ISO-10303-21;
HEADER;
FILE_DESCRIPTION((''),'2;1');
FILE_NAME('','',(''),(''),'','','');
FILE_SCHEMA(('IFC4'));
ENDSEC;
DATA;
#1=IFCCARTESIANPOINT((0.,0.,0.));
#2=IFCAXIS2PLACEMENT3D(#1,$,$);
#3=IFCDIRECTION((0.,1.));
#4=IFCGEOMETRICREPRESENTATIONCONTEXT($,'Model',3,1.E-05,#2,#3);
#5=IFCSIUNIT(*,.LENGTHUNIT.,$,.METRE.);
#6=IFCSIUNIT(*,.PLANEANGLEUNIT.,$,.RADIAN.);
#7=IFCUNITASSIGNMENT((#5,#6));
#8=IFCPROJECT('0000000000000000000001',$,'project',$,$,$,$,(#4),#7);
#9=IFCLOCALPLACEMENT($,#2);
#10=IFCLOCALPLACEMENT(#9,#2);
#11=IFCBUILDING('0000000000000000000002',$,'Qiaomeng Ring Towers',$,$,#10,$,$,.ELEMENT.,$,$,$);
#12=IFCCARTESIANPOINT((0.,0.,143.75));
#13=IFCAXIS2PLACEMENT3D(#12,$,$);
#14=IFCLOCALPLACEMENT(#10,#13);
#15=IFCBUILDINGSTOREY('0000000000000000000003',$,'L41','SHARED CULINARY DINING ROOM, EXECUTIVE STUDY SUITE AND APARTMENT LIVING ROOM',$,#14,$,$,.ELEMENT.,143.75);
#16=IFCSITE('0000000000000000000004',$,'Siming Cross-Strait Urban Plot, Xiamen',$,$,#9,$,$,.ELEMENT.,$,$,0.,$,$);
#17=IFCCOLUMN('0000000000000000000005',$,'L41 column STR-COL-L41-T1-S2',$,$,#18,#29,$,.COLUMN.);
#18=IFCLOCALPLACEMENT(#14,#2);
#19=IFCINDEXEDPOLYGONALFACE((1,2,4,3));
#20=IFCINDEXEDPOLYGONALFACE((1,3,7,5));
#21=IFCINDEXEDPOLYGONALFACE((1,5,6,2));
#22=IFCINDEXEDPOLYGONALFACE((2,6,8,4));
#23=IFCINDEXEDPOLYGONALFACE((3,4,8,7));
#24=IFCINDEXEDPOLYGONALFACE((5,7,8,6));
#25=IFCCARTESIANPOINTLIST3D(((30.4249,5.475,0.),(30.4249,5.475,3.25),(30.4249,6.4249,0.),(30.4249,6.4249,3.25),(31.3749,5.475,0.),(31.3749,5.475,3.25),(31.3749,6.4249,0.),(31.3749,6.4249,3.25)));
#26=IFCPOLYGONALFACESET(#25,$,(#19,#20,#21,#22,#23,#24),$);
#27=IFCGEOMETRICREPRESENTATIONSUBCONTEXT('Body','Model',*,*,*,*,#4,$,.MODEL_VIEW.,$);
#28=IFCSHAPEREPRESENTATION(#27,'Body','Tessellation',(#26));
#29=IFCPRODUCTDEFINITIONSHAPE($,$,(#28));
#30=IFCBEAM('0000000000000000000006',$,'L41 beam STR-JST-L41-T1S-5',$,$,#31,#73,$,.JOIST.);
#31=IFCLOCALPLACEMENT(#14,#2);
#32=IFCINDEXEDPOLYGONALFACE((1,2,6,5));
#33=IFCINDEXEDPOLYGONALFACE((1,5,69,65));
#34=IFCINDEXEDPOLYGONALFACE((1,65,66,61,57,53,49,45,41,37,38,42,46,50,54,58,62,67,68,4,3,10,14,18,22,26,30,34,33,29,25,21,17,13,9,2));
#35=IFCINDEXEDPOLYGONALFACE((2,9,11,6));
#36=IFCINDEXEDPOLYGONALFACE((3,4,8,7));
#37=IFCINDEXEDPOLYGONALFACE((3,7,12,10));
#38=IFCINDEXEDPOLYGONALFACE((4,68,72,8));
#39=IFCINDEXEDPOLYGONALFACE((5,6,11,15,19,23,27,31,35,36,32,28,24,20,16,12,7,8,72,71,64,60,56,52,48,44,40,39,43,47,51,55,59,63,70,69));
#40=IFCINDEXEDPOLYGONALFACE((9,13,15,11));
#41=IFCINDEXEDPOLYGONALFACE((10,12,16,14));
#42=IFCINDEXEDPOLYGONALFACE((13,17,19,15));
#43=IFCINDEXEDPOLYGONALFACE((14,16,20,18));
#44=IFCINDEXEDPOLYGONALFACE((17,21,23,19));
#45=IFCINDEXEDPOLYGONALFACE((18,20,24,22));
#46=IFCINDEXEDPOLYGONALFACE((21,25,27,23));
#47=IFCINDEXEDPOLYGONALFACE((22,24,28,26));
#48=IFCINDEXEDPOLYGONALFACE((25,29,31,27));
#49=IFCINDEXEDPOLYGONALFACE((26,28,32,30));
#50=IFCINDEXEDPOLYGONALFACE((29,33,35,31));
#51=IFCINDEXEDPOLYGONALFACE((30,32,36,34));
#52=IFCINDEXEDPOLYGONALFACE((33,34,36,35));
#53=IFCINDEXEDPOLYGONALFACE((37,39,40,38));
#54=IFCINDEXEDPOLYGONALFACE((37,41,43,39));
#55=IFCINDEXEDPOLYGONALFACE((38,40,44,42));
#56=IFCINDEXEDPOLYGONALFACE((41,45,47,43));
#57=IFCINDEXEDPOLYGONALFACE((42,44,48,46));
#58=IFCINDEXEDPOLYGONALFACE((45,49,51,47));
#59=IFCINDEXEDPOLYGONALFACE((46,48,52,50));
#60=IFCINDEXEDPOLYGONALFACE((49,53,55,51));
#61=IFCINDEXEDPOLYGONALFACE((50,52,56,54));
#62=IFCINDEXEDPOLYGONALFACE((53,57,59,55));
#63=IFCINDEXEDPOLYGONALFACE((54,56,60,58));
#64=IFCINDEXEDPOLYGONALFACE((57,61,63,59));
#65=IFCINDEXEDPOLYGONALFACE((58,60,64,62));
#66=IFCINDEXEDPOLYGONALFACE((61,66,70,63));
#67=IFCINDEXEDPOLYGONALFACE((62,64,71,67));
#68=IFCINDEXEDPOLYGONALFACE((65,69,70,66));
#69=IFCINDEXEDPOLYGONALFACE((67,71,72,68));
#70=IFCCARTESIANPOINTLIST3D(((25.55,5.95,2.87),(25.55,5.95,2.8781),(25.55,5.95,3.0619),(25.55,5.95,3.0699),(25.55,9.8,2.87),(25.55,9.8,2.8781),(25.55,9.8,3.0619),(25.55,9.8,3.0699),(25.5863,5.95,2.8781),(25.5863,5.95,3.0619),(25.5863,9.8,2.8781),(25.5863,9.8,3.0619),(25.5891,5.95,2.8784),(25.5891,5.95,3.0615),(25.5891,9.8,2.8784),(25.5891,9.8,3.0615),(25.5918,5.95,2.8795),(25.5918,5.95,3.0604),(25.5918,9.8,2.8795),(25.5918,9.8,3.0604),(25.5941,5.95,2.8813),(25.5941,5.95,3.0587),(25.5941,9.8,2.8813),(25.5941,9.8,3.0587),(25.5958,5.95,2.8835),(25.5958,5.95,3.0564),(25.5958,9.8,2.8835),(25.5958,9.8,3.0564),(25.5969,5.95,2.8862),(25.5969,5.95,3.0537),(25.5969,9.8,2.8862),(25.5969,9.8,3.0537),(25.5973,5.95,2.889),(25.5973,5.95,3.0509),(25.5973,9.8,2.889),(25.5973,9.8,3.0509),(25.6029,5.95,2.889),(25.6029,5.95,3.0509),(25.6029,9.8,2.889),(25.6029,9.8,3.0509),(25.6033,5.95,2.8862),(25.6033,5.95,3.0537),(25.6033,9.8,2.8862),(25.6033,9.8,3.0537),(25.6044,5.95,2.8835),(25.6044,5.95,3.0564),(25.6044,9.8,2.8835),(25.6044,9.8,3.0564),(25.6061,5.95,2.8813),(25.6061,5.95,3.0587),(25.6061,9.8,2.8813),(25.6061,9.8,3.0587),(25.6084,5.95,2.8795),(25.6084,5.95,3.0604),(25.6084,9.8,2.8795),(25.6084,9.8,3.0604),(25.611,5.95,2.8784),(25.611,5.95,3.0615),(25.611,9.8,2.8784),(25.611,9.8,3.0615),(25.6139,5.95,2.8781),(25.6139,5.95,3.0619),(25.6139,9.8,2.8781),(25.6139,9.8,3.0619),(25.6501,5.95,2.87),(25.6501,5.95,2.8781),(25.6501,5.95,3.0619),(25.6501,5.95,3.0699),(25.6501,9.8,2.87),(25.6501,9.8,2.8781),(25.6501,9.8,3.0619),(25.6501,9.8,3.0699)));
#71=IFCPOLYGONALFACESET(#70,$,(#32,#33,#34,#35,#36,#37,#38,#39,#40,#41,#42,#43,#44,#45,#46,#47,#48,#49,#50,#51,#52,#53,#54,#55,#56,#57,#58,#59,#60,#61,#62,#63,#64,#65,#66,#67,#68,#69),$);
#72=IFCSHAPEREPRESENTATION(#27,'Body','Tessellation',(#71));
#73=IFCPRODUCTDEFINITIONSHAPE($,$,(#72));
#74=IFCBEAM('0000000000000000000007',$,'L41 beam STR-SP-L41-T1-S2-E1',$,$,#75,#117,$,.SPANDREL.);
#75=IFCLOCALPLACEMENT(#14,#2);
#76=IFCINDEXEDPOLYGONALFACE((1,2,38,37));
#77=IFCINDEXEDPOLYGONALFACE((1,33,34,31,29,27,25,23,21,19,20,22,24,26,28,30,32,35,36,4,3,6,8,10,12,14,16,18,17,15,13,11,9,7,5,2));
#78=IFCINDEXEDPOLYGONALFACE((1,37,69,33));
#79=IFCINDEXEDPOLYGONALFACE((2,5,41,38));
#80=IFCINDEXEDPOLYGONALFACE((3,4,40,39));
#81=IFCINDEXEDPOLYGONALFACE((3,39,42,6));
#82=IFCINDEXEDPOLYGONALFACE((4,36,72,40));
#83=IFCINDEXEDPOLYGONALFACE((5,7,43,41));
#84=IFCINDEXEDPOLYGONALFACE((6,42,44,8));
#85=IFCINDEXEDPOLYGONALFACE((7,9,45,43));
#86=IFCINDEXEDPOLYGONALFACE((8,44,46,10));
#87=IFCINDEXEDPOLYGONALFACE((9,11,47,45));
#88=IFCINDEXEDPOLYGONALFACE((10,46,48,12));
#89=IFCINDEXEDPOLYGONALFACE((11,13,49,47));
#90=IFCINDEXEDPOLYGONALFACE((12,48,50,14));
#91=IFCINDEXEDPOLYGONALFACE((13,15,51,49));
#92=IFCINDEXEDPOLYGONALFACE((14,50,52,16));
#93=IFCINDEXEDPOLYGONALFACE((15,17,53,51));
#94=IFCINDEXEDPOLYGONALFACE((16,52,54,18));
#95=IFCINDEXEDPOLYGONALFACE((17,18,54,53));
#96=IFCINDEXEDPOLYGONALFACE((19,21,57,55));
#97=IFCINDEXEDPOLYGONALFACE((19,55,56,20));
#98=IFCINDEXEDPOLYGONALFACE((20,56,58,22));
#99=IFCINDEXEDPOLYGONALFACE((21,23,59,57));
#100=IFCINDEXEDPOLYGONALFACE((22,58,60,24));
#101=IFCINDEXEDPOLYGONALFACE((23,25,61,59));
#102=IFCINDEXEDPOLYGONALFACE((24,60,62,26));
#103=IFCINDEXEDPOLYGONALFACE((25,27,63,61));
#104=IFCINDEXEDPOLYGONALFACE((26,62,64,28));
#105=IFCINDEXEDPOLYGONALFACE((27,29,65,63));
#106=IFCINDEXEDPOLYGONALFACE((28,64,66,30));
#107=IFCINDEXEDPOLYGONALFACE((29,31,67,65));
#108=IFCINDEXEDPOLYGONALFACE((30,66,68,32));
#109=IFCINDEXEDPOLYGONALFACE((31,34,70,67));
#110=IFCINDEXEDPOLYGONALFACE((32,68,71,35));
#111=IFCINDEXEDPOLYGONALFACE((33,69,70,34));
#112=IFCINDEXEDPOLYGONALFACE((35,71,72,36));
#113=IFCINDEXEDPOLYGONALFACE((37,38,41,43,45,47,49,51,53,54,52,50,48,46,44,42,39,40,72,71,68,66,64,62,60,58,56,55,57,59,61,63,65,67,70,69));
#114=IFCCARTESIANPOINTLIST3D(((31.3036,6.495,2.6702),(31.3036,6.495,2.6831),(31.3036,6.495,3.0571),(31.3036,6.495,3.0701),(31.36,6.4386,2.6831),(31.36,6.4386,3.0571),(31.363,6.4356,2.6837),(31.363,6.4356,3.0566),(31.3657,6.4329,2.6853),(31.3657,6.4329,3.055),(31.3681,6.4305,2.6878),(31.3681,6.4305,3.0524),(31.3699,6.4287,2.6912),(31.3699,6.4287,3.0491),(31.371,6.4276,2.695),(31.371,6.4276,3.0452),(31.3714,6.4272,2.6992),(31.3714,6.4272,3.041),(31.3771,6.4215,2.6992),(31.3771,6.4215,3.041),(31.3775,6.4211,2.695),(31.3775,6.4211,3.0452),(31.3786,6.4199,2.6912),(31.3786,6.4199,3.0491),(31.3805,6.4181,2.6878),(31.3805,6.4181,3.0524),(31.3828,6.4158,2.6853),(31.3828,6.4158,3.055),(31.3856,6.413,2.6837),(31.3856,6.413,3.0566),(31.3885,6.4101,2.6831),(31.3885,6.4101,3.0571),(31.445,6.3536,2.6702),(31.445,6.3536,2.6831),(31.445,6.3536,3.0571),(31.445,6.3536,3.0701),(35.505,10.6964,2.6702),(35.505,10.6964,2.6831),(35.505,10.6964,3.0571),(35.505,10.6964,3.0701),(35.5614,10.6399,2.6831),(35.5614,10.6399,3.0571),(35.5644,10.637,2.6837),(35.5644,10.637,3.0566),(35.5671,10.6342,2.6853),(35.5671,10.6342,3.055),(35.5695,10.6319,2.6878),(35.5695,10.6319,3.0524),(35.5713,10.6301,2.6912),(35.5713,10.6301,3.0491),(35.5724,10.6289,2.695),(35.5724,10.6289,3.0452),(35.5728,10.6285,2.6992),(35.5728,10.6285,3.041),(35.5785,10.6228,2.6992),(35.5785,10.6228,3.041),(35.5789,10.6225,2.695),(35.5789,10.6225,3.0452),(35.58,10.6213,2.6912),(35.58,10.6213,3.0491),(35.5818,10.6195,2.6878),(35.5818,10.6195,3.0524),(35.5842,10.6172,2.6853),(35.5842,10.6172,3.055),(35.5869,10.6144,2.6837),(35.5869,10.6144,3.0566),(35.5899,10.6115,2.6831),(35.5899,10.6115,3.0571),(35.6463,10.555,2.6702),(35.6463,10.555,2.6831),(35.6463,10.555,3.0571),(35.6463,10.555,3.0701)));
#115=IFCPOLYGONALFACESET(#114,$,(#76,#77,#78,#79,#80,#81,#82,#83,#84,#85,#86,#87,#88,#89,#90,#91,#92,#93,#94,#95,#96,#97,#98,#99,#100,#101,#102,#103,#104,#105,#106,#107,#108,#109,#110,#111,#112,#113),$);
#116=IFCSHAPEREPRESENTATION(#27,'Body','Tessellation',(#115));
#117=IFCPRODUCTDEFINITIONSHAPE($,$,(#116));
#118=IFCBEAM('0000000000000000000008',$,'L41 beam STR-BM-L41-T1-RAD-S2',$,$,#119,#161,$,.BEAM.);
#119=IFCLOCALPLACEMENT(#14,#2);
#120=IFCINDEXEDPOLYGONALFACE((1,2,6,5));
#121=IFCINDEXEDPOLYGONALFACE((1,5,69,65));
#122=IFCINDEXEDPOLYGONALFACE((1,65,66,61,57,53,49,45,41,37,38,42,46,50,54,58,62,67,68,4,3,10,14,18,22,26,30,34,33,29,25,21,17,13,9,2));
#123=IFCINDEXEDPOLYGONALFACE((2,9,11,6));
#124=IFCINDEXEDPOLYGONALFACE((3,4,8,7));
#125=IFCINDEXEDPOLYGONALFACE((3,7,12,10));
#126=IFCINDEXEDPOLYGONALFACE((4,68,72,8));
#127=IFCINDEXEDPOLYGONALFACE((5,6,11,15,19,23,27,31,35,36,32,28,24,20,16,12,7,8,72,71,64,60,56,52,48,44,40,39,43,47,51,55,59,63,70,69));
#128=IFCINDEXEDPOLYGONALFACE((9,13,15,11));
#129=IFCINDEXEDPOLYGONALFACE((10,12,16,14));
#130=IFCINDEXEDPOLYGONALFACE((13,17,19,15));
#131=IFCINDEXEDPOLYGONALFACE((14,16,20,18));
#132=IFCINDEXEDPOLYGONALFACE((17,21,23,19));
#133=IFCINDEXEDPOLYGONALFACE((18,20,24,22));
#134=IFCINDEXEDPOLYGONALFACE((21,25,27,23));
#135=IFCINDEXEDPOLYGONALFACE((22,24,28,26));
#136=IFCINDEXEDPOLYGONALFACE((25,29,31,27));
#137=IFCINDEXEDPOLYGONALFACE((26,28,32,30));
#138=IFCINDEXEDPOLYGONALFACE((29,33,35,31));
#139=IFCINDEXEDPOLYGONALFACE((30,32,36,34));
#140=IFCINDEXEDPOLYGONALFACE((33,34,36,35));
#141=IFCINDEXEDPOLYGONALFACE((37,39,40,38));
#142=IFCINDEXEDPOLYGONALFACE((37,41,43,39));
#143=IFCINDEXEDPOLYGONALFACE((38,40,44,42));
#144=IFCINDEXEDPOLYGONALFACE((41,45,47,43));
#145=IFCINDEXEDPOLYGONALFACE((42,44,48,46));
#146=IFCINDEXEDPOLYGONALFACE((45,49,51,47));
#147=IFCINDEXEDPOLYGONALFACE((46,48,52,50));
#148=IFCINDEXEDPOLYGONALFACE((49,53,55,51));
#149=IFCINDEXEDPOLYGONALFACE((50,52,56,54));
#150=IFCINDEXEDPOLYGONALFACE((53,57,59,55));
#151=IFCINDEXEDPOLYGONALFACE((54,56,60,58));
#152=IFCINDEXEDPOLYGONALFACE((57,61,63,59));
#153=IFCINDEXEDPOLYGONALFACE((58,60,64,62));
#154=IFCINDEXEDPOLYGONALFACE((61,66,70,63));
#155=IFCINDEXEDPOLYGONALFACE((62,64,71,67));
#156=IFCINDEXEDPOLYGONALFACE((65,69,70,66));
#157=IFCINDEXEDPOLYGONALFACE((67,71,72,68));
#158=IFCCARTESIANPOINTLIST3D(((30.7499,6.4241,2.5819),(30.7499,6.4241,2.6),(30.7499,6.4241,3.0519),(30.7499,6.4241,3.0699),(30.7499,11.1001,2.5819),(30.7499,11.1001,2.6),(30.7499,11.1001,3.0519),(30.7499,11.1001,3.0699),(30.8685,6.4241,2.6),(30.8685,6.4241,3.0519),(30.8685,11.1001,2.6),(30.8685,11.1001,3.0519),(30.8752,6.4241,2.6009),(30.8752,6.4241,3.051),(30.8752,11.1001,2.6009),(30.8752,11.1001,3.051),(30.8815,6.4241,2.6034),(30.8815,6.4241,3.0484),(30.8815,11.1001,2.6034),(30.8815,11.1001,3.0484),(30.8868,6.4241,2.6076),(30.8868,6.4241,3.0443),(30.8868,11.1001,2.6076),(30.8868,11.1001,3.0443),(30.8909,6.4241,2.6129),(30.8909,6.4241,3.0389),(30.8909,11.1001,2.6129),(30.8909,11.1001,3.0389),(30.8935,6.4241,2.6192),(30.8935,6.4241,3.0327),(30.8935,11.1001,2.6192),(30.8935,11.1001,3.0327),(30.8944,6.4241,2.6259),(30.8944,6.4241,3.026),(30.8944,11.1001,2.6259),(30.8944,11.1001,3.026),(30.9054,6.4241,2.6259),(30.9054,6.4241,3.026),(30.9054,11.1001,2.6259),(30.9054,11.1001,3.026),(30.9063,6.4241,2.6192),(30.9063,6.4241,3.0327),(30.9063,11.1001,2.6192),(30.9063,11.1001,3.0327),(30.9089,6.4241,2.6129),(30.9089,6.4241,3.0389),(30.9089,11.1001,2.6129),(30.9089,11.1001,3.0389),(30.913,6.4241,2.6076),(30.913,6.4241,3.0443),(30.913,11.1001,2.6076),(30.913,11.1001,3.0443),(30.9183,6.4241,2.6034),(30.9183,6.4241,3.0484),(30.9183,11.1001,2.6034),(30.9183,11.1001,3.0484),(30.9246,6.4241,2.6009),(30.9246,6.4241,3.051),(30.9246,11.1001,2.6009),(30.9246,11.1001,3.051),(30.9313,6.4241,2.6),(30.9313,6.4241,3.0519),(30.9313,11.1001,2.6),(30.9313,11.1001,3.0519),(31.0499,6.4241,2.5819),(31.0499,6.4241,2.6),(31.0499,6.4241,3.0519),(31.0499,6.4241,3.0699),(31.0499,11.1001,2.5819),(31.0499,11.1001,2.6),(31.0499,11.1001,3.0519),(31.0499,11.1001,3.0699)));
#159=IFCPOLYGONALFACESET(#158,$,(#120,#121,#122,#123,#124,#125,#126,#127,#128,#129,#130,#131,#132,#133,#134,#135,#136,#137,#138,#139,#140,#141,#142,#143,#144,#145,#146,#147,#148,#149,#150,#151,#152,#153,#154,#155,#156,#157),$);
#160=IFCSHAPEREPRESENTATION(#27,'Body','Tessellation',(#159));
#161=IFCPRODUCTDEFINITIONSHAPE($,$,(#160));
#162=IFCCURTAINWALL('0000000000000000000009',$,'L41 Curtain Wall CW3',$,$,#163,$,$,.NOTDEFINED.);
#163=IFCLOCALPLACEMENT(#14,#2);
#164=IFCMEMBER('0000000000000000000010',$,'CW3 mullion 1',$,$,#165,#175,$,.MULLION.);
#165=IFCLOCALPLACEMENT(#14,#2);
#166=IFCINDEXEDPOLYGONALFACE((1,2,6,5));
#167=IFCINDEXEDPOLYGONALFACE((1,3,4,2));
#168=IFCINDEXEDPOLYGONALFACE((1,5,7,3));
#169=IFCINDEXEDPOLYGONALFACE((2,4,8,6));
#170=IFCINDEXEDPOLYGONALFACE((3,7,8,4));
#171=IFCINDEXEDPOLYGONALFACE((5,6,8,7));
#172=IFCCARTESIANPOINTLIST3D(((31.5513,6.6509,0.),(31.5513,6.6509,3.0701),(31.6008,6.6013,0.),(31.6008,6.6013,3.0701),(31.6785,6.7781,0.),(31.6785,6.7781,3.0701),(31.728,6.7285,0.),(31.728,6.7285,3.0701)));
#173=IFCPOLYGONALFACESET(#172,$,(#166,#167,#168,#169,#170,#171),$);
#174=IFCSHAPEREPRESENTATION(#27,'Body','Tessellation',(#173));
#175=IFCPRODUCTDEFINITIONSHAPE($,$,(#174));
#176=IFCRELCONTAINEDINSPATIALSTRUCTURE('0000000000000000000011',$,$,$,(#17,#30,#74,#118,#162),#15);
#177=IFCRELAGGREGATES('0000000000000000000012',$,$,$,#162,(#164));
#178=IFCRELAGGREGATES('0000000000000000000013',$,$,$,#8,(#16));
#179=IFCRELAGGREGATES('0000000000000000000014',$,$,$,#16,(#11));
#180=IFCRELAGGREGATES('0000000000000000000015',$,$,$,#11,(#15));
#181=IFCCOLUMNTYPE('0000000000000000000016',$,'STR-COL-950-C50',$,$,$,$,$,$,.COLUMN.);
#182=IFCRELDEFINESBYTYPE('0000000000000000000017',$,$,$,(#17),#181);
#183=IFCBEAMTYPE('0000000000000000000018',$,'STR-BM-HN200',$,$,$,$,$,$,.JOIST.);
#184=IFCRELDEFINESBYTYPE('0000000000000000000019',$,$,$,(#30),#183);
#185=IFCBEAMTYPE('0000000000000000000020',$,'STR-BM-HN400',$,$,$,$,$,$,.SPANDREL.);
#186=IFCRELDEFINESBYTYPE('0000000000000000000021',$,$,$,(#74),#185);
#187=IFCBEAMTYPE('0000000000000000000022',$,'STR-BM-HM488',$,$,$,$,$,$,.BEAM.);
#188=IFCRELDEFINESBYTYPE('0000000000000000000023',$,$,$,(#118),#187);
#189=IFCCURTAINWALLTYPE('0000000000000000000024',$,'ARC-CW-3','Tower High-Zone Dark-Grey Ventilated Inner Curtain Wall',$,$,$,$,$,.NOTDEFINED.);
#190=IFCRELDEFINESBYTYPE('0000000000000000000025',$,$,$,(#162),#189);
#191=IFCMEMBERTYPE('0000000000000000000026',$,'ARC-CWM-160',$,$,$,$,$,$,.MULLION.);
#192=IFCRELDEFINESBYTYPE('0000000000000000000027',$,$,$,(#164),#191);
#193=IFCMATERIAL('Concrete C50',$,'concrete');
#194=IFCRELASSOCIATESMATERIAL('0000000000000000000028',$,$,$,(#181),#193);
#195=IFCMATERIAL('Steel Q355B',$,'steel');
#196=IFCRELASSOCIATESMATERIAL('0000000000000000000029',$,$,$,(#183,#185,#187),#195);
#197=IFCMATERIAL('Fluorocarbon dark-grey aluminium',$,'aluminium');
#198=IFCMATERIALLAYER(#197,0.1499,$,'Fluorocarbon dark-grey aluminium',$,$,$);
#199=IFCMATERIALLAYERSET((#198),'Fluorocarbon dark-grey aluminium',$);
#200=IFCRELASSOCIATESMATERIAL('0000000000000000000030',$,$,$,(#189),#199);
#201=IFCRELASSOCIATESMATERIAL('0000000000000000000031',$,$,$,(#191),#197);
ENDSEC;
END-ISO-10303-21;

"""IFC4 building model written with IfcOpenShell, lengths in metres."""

from ifc_helpers import new_model, si_unit, direction, frame, origin, origin_2d, place, context, subcontext, project, spatial, rectangle, i_section, extrude, source, transform, mapped, material, layer, layer_set, material_profile, profile_set, type_object, element, aggregate, save


model = new_model("IFC4")

# Units and contexts
model_context = context("Model", 3, precision=1e-05, world=origin(), true_north=direction((0.0, 1.0)))
body_context = subcontext(model_context, "Body", "Model", "MODEL_VIEW")
ifc_project = project(units=[si_unit("LENGTHUNIT", "METRE"), si_unit("PLANEANGLEUNIT", "RADIAN")], contexts=[model_context])

# Site, building, storey
site_placement = place(None, origin())
site = spatial("IfcSite", under=ifc_project, at=site_placement, Name="Siming Cross-Strait Urban Plot, Xiamen", CompositionType="ELEMENT", RefElevation=0.0)
building_placement = place(site_placement, origin())
building = spatial("IfcBuilding", under=site, at=building_placement, Name="Qiaomeng Ring Towers", CompositionType="ELEMENT")
storey_placement = place(building_placement, frame((0.0, 0.0, 143.75)))
storey = spatial("IfcBuildingStorey", under=building, at=storey_placement, Name="L41", Description="SHARED CULINARY DINING ROOM, EXECUTIVE STUDY SUITE AND APARTMENT LIVING ROOM", CompositionType="ELEMENT", Elevation=143.75)

# Column
ifc_material_1 = material(Name="Concrete C50", Category="concrete")
ifc_material_profile_1 = material_profile(ifc_material_1, rectangle(XDim=0.95, YDim=0.95, at=origin_2d()), Name="RC COL 950x950")
ifc_profile_set_1 = profile_set([ifc_material_profile_1], Name="Concrete C50")
column_type = type_object("IfcColumnType", Name="STR-COL-950-C50", PredefinedType="COLUMN", material=ifc_profile_set_1)
shared_shape_1 = source(origin(), body_context, "Body", "SweptSolid", [
    extrude(rectangle(XDim=0.95, YDim=0.95, at=origin_2d()), origin(), (0.0, 0.0, 1.0), 3.25),
])
column_placement = place(storey_placement, frame((30.8999, 5.95, 0.0), z_axis=(0.0, 0.0, 1.0), x_axis=(1.0, 0.0, 0.0)))
element("IfcColumn", 1, at=column_placement, inside=storey, type_object=column_type, Name="L41 column STR-COL-L41-T1-S2", PredefinedType="COLUMN", context=body_context, shape_type="MappedRepresentation", body=[
    mapped(shared_shape_1, transform((0.0, 0.0, 0.0), x_axis=(1.0, 0.0, 0.0), y_axis=(0.0, 1.0, 0.0), z_axis=(0.0, 0.0, 1.0), scale=1.0)),
])

# Beams
ifc_material_2 = material(Name="Steel Q355B", Category="steel")
ifc_material_profile_2 = material_profile(ifc_material_2, i_section(OverallWidth=0.1001, OverallDepth=0.2, WebThickness=0.0056, FlangeThickness=0.0081, FilletRadius=0.011, at=origin_2d()), Name="HN 200x100x5.5x8")
ifc_profile_set_2 = profile_set([ifc_material_profile_2], Name="Steel Q355B")
beam_type_1 = type_object("IfcBeamType", Name="STR-BM-HN200", PredefinedType="JOIST", material=ifc_profile_set_2)
shared_shape_2 = source(origin(), body_context, "Body", "SweptSolid", [
    extrude(i_section(OverallWidth=0.1001, OverallDepth=0.2, WebThickness=0.0056, FlangeThickness=0.0081, FilletRadius=0.011, at=origin_2d()), origin(), (0.0, 0.0, 1.0), 3.8501),
])
beam_1_placement = place(storey_placement, frame((25.6001, 5.95, 2.97), z_axis=(0.0, 1.0, 0.0), x_axis=(-1.0, 0.0, 0.0)))
element("IfcBeam", 2, at=beam_1_placement, inside=storey, type_object=beam_type_1, Name="L41 beam STR-JST-L41-T1S-5", PredefinedType="JOIST", context=body_context, shape_type="MappedRepresentation", body=[
    mapped(shared_shape_2, transform((0.0, 0.0, 0.0), x_axis=(1.0, 0.0, 0.0), y_axis=(0.0, 1.0, 0.0), z_axis=(0.0, 0.0, 1.0), scale=1.0)),
])
ifc_material_profile_3 = material_profile(ifc_material_2, i_section(OverallWidth=0.2, OverallDepth=0.3999, WebThickness=0.0081, FlangeThickness=0.0129, FilletRadius=0.0161, at=origin_2d()), Name="HN 400x200x8x13")
ifc_profile_set_3 = profile_set([ifc_material_profile_3], Name="Steel Q355B")
beam_type_2 = type_object("IfcBeamType", Name="STR-BM-HN400", PredefinedType="SPANDREL", material=ifc_profile_set_3)
shared_shape_3 = source(origin(), body_context, "Body", "SweptSolid", [
    extrude(i_section(OverallWidth=0.2, OverallDepth=0.3999, WebThickness=0.0081, FlangeThickness=0.0129, FilletRadius=0.0161, at=origin_2d()), origin(), (0.0, 0.0, 1.0), 5.9417),
])
beam_2_placement = place(storey_placement, frame((31.3743, 6.4243, 2.8701), z_axis=(0.707107, 0.707107, 0.0), x_axis=(-0.707107, 0.707107, 0.0)))
element("IfcBeam", 3, at=beam_2_placement, inside=storey, type_object=beam_type_2, Name="L41 beam STR-SP-L41-T1-S2-E1", PredefinedType="SPANDREL", context=body_context, shape_type="MappedRepresentation", body=[
    mapped(shared_shape_3, transform((0.0, 0.0, 0.0), x_axis=(1.0, 0.0, 0.0), y_axis=(0.0, 1.0, 0.0), z_axis=(0.0, 0.0, 1.0), scale=1.0)),
])
ifc_material_profile_4 = material_profile(ifc_material_2, i_section(OverallWidth=0.3, OverallDepth=0.488, WebThickness=0.011, FlangeThickness=0.0181, FilletRadius=0.0259, at=origin_2d()), Name="HM 488x300x11x18")
ifc_profile_set_4 = profile_set([ifc_material_profile_4], Name="Steel Q355B")
beam_type_3 = type_object("IfcBeamType", Name="STR-BM-HM488", PredefinedType="BEAM", material=ifc_profile_set_4)
shared_shape_4 = source(origin(), body_context, "Body", "SweptSolid", [
    extrude(i_section(OverallWidth=0.3, OverallDepth=0.488, WebThickness=0.011, FlangeThickness=0.0181, FilletRadius=0.0259, at=origin_2d()), origin(), (0.0, 0.0, 1.0), 4.676),
])
beam_3_placement = place(storey_placement, frame((30.8999, 6.4241, 2.8259), z_axis=(0.0, 1.0, 0.0), x_axis=(-1.0, 0.0, 0.0)))
element("IfcBeam", 4, at=beam_3_placement, inside=storey, type_object=beam_type_3, Name="L41 beam STR-BM-L41-T1-RAD-S2", PredefinedType="BEAM", context=body_context, shape_type="MappedRepresentation", body=[
    mapped(shared_shape_4, transform((0.0, 0.0, 0.0), x_axis=(1.0, 0.0, 0.0), y_axis=(0.0, 1.0, 0.0), z_axis=(0.0, 0.0, 1.0), scale=1.0)),
])

# Curtain wall, member
ifc_material_3 = material(Name="Fluorocarbon dark-grey aluminium", Category="aluminium")
ifc_layer_1 = layer(ifc_material_3, 0.1499, Name="Fluorocarbon dark-grey aluminium")
ifc_layer_set_1 = layer_set([ifc_layer_1], Name="Fluorocarbon dark-grey aluminium")
curtain_wall_type = type_object("IfcCurtainWallType", Name="ARC-CW-3", Description="Tower High-Zone Dark-Grey Ventilated Inner Curtain Wall", PredefinedType="NOTDEFINED", material=ifc_layer_set_1)
curtain_wall_placement = place(storey_placement, origin())
curtain_wall = element("IfcCurtainWall", 5, at=curtain_wall_placement, inside=storey, type_object=curtain_wall_type, Name="L41 Curtain Wall CW3", PredefinedType="NOTDEFINED")
ifc_material_profile_5 = material_profile(ifc_material_3, rectangle(XDim=0.0701, YDim=0.1799, at=origin_2d()), Name="ALU MULL 70x180")
ifc_profile_set_5 = profile_set([ifc_material_profile_5], Name="Fluorocarbon dark-grey aluminium")
member_type_1 = type_object("IfcMemberType", Name="ARC-CWM-160", PredefinedType="MULLION", material=ifc_profile_set_5)
shared_shape_5 = source(origin(), body_context, "Body", "SweptSolid", [
    extrude(rectangle(XDim=0.0701, YDim=0.1799, at=origin_2d()), origin(), (0.0, 0.0, 1.0), 3.0701),
])
member_1_placement = place(storey_placement, frame((31.6396, 6.6897, 0.0), z_axis=(0.0, 0.0, 1.0), x_axis=(-0.707107, 0.707107, 0.0)))
member_1 = element("IfcMember", 6, at=member_1_placement, type_object=member_type_1, Name="CW3 mullion 1", PredefinedType="MULLION", context=body_context, shape_type="MappedRepresentation", body=[
    mapped(shared_shape_5, transform((0.0, 0.0, 0.0), x_axis=(1.0, 0.0, 0.0), y_axis=(0.0, 1.0, 0.0), z_axis=(0.0, 0.0, 1.0), scale=1.0)),
])
aggregate(curtain_wall, [member_1])

save(model, "model.ifc")
